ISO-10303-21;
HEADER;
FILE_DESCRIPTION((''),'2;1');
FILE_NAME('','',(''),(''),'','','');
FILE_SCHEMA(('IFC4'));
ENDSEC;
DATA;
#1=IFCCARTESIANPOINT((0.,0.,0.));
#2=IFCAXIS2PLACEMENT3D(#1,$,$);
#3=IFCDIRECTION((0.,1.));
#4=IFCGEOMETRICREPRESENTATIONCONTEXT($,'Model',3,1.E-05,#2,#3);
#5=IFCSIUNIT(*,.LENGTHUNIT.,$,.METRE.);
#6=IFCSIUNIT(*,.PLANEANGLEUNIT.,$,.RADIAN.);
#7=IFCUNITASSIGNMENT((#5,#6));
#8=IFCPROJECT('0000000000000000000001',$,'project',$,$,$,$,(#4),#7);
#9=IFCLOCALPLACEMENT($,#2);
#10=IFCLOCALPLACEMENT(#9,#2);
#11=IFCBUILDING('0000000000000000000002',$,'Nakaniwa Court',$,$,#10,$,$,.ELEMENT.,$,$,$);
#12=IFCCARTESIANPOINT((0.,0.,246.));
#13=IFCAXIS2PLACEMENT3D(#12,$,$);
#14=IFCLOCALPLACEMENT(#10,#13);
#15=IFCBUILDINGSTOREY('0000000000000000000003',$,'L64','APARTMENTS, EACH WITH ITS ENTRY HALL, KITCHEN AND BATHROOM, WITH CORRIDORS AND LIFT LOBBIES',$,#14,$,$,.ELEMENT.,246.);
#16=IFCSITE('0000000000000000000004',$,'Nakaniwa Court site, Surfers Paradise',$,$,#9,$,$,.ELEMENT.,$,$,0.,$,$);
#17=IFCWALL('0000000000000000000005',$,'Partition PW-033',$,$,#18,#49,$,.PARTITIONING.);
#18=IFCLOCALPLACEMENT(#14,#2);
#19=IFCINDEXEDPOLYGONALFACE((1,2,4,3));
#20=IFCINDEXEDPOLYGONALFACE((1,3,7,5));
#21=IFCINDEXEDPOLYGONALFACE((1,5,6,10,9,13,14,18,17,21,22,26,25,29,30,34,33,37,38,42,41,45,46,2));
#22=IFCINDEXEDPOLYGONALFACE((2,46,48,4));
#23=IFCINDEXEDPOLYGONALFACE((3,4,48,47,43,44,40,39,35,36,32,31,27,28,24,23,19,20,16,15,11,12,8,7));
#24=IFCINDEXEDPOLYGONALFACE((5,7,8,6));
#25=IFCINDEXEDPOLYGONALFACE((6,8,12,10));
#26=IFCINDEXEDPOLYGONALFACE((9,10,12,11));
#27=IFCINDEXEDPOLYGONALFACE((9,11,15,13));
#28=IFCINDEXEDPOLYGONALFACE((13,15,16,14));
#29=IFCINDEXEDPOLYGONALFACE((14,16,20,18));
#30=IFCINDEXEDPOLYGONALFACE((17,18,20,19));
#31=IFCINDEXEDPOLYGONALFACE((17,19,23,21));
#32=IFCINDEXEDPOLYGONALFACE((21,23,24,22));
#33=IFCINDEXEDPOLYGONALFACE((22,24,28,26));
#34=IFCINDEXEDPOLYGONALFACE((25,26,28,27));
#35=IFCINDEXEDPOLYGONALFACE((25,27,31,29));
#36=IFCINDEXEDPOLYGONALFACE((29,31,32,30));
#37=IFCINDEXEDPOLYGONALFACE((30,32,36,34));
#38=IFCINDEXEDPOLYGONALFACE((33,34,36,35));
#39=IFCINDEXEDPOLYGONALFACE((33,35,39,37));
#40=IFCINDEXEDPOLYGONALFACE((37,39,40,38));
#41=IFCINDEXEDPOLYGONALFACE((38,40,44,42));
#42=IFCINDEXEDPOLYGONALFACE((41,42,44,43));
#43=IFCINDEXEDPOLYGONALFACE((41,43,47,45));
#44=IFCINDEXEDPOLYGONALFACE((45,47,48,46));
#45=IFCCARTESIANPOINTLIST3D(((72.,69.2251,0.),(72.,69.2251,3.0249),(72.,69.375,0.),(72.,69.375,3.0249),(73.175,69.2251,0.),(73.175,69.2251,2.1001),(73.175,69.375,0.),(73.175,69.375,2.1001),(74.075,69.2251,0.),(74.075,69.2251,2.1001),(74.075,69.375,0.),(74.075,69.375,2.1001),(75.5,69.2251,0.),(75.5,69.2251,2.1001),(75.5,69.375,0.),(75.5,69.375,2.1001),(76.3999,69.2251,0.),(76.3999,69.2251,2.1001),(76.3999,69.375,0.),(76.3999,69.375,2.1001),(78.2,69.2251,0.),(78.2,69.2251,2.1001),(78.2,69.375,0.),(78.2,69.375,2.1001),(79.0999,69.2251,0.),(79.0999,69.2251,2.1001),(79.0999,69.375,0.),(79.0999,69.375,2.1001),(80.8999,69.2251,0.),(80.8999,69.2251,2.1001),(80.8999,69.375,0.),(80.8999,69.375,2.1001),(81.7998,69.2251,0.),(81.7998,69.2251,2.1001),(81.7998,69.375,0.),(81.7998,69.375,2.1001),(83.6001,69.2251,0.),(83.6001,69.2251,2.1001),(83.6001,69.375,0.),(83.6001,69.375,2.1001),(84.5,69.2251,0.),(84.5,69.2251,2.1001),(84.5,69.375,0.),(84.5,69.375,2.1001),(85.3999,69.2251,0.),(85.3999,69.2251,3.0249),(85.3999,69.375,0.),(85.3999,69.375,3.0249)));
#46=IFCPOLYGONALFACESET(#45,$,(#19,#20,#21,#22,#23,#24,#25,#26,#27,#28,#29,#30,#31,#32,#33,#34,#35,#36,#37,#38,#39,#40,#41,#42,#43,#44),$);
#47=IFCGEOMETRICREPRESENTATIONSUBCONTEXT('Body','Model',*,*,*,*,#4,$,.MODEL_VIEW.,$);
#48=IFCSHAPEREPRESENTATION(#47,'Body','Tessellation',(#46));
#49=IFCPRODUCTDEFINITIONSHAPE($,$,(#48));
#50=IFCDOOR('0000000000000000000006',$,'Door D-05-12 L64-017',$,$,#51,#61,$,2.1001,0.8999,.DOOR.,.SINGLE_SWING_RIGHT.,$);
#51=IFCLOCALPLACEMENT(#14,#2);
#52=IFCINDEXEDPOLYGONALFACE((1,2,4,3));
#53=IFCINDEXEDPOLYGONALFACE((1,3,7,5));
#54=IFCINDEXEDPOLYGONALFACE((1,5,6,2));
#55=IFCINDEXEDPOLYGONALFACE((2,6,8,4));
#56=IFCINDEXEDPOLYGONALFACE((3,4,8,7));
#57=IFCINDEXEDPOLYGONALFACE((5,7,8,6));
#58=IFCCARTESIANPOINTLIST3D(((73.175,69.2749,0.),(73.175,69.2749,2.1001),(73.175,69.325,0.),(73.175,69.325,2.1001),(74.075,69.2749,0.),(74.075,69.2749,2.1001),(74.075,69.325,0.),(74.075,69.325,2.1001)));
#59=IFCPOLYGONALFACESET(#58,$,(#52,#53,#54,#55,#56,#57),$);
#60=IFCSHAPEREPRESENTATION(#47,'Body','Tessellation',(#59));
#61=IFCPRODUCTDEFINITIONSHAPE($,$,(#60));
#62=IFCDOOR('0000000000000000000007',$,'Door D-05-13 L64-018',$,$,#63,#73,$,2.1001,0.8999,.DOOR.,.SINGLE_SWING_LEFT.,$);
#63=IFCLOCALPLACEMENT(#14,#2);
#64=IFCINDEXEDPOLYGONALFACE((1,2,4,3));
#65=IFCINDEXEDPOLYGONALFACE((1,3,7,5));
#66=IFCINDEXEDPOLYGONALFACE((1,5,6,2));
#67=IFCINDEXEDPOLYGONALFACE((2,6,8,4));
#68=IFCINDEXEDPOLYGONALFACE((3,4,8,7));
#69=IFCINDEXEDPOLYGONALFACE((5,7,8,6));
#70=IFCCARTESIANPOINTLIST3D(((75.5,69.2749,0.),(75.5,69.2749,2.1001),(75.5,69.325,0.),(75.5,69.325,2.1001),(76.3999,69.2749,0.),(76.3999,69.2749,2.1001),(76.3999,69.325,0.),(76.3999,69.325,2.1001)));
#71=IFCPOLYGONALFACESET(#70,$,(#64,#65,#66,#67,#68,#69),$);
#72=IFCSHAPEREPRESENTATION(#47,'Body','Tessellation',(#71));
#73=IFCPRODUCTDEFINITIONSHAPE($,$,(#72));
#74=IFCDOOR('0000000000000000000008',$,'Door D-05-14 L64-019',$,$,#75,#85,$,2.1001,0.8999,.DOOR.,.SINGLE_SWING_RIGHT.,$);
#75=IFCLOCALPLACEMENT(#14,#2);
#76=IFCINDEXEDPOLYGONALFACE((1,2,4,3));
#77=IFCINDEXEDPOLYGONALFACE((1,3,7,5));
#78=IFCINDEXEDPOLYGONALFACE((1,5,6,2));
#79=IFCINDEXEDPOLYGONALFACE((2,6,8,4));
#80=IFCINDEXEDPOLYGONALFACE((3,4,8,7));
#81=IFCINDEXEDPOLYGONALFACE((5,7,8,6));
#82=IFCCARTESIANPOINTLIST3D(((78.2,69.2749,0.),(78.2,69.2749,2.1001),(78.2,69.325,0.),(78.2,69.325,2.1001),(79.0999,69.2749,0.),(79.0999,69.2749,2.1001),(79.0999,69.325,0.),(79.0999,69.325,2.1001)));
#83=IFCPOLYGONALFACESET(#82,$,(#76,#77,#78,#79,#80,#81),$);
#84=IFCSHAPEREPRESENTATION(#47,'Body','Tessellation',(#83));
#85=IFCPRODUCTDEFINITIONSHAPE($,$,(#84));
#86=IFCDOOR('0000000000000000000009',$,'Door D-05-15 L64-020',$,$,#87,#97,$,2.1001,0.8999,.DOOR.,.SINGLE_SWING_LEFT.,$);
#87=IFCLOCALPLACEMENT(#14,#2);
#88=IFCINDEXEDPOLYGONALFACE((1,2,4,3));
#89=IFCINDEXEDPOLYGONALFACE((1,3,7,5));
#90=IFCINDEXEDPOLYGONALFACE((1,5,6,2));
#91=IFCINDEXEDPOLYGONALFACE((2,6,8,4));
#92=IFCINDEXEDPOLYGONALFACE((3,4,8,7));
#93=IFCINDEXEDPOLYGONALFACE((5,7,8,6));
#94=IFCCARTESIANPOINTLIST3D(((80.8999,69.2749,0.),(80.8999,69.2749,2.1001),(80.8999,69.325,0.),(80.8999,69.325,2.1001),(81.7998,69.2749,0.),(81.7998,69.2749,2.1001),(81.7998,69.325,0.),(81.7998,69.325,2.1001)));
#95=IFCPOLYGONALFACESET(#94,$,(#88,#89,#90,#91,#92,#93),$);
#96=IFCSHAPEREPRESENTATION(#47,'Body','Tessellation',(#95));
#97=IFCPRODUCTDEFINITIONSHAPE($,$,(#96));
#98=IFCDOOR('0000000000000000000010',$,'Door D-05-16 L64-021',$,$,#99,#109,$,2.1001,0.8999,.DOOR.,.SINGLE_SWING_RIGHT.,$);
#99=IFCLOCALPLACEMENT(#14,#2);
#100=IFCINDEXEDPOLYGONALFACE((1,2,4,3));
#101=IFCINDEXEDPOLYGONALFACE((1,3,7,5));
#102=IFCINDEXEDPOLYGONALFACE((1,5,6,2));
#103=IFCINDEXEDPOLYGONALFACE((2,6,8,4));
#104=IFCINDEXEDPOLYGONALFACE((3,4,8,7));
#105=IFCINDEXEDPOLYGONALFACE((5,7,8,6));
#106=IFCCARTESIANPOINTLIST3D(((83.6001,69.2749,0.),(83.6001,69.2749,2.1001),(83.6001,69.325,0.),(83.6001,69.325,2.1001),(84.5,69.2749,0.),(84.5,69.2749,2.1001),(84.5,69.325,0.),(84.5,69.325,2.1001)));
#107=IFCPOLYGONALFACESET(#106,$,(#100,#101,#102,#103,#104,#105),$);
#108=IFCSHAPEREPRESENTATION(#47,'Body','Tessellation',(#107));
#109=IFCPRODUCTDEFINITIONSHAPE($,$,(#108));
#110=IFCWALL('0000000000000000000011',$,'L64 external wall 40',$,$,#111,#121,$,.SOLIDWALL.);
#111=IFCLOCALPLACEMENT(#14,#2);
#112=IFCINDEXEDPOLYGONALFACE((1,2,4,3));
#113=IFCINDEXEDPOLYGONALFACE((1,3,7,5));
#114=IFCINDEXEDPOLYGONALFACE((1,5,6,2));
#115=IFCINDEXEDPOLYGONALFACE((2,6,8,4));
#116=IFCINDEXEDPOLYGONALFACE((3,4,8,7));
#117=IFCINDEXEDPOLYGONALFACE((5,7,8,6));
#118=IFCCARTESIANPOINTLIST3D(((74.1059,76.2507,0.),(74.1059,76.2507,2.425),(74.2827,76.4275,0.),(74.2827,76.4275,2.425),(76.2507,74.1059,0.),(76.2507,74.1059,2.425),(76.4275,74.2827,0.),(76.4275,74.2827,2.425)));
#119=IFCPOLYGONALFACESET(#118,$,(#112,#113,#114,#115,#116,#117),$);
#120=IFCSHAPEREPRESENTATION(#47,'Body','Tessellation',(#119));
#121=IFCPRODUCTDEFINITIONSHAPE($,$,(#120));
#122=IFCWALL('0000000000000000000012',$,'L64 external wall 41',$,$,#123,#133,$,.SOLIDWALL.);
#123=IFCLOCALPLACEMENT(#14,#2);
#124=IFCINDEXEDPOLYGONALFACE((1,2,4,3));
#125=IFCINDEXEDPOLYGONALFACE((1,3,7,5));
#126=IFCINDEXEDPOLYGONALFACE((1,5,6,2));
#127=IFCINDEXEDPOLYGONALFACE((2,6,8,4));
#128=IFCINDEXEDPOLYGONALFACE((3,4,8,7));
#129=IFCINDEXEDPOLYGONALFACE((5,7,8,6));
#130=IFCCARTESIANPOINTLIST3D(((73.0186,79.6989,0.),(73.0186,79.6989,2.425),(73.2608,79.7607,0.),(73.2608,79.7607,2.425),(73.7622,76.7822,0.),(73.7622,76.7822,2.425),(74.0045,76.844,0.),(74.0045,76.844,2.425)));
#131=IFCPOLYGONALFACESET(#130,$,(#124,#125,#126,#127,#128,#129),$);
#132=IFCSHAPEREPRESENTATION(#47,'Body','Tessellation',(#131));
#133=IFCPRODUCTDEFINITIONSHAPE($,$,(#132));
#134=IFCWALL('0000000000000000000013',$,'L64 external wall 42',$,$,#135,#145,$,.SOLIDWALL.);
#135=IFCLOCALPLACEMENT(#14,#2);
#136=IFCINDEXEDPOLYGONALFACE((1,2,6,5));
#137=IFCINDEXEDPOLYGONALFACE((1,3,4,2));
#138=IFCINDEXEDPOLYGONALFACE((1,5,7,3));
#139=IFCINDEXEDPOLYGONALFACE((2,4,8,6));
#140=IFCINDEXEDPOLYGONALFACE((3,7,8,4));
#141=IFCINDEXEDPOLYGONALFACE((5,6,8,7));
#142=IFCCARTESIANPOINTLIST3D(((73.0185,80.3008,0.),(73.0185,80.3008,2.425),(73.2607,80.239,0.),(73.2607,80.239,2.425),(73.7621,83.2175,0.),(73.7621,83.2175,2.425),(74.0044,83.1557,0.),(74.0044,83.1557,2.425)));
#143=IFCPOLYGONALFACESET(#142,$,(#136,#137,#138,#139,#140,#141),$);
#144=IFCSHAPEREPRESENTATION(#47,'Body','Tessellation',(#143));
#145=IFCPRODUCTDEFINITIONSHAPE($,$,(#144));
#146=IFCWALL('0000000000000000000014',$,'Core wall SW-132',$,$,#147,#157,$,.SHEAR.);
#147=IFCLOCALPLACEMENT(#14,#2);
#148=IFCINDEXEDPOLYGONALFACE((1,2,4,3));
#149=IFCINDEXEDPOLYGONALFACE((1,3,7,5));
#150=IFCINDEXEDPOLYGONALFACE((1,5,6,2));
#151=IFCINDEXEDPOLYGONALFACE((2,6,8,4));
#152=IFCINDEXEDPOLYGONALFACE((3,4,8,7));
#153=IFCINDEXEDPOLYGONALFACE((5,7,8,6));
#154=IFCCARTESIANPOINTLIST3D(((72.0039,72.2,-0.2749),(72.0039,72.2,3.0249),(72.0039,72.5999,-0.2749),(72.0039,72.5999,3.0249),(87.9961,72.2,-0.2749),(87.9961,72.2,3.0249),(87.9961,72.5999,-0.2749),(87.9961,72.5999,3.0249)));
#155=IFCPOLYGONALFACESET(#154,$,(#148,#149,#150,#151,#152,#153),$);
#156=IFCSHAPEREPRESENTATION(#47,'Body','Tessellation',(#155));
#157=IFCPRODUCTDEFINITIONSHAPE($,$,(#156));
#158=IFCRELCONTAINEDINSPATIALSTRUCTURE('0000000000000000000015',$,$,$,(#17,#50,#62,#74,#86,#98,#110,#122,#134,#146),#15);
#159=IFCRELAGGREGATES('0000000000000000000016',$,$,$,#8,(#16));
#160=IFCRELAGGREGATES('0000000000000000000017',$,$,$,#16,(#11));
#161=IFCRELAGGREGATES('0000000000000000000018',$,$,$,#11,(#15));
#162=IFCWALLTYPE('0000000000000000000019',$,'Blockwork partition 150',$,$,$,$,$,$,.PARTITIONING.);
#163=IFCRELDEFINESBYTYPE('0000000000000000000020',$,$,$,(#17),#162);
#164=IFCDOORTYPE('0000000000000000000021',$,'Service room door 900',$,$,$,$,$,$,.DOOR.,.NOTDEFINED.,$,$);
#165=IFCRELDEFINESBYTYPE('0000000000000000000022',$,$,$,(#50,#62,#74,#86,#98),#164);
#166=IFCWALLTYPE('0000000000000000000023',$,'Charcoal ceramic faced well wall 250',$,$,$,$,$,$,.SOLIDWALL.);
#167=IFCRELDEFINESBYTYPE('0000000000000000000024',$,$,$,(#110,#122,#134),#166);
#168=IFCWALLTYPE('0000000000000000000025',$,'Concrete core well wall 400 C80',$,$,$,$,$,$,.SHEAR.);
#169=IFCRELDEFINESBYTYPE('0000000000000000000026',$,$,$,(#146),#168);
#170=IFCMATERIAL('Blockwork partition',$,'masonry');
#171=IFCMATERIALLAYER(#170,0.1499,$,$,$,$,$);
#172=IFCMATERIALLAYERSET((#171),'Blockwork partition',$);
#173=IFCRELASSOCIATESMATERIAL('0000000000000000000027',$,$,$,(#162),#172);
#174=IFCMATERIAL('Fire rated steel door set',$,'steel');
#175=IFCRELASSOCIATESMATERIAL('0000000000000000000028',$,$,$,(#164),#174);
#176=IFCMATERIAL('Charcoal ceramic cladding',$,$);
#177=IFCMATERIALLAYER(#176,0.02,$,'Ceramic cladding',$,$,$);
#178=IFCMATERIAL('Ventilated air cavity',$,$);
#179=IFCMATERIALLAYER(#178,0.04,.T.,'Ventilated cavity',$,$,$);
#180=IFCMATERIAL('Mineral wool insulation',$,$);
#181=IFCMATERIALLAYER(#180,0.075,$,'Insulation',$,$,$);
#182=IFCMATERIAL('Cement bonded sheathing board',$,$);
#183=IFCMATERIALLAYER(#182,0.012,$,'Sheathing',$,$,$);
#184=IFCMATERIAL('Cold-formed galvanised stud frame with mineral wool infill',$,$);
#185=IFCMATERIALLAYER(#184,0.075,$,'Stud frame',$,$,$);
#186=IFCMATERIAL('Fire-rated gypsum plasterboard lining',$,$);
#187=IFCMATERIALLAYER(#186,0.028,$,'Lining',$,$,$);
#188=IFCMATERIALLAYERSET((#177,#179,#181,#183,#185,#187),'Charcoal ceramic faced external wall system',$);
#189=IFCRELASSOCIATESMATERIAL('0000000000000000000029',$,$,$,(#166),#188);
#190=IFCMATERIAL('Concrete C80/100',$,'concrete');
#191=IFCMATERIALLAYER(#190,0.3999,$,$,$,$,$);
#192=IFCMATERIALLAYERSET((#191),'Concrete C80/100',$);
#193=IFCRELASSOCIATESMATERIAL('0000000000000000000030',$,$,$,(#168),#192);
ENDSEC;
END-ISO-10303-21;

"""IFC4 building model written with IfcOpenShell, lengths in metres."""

from ifc_helpers import new_model, si_unit, direction, frame, frame_2d, origin, place, context, subcontext, project, spatial, rectangle, extrude, material, layer, layer_set, type_object, element, fill, save


model = new_model("IFC4")

# Units and contexts
model_context = context("Model", 3, precision=1e-05, world=origin(), true_north=direction((0.0, 1.0)))
body_context = subcontext(model_context, "Body", "Model", "MODEL_VIEW")
ifc_project = project(units=[si_unit("LENGTHUNIT", "METRE"), si_unit("PLANEANGLEUNIT", "RADIAN")], contexts=[model_context])

# Site, building, storey
site_placement = place(None, origin())
site = spatial("IfcSite", under=ifc_project, at=site_placement, Name="Nakaniwa Court site, Surfers Paradise", CompositionType="ELEMENT", RefElevation=0.0)
building_placement = place(site_placement, origin())
building = spatial("IfcBuilding", under=site, at=building_placement, Name="Nakaniwa Court", CompositionType="ELEMENT")
storey_placement = place(building_placement, frame((0.0, 0.0, 246.0)))
storey = spatial("IfcBuildingStorey", under=building, at=storey_placement, Name="L64", Description="APARTMENTS, EACH WITH ITS ENTRY HALL, KITCHEN AND BATHROOM, WITH CORRIDORS AND LIFT LOBBIES", CompositionType="ELEMENT", Elevation=246.0)

# Shared definitions
ifc_material_1 = material(Name="Concrete C80/100", Category="concrete")

# Shared definitions
ifc_material_2 = material(Name="Blockwork partition", Category="masonry")
ifc_layer_1 = layer(ifc_material_2, 0.1499)
ifc_layer_set_1 = layer_set([ifc_layer_1], Name="Blockwork partition")
wall_type_1 = type_object("IfcWallType", Name="Blockwork partition 150", PredefinedType="PARTITIONING", material=ifc_layer_set_1)

# Wall, openings, doors
wall_1_placement = place(storey_placement, frame((72.0, 69.3, 0.0), z_axis=(0.0, 0.0, 1.0), x_axis=(1.0, 0.0, 0.0)))
wall_1 = element("IfcWall", 1, at=wall_1_placement, inside=storey, type_object=wall_type_1, Name="Partition PW-033", PredefinedType="PARTITIONING", context=body_context, shape_type="SweptSolid", body=[
    extrude(rectangle(XDim=13.3999, YDim=0.1499, at=frame_2d((6.7, 0.0))), origin(), (0.0, 0.0, 1.0), 3.0249),
])
opening_1_placement = place(wall_1_placement, frame((1.175, 0.0, 0.0)))
opening_1 = element("IfcOpeningElement", 2, at=opening_1_placement, cuts=wall_1, PredefinedType="OPENING", context=body_context, shape_type="SweptSolid", body=[
    extrude(rectangle(XDim=0.8999, YDim=2.1001, at=frame_2d((0.45, 1.05))), frame((0.0, 0.085, 0.0), z_axis=(0.0, -1.0, 0.0), x_axis=(1.0, 0.0, 0.0)), (0.0, 0.0, 1.0), 0.1699),
])
opening_2_placement = place(wall_1_placement, frame((3.5, 0.0, 0.0)))
opening_2 = element("IfcOpeningElement", 3, at=opening_2_placement, cuts=wall_1, PredefinedType="OPENING", context=body_context, shape_type="SweptSolid", body=[
    extrude(rectangle(XDim=0.8999, YDim=2.1001, at=frame_2d((0.45, 1.05))), frame((0.0, 0.085, 0.0), z_axis=(0.0, -1.0, 0.0), x_axis=(1.0, 0.0, 0.0)), (0.0, 0.0, 1.0), 0.1699),
])
opening_3_placement = place(wall_1_placement, frame((6.2, 0.0, 0.0)))
opening_3 = element("IfcOpeningElement", 4, at=opening_3_placement, cuts=wall_1, PredefinedType="OPENING", context=body_context, shape_type="SweptSolid", body=[
    extrude(rectangle(XDim=0.8999, YDim=2.1001, at=frame_2d((0.45, 1.05))), frame((0.0, 0.085, 0.0), z_axis=(0.0, -1.0, 0.0), x_axis=(1.0, 0.0, 0.0)), (0.0, 0.0, 1.0), 0.1699),
])
opening_4_placement = place(wall_1_placement, frame((8.8999, 0.0, 0.0)))
opening_4 = element("IfcOpeningElement", 5, at=opening_4_placement, cuts=wall_1, PredefinedType="OPENING", context=body_context, shape_type="SweptSolid", body=[
    extrude(rectangle(XDim=0.8999, YDim=2.1001, at=frame_2d((0.45, 1.05))), frame((0.0, 0.085, 0.0), z_axis=(0.0, -1.0, 0.0), x_axis=(1.0, 0.0, 0.0)), (0.0, 0.0, 1.0), 0.1699),
])
opening_5_placement = place(wall_1_placement, frame((11.6001, 0.0, 0.0)))
opening_5 = element("IfcOpeningElement", 6, at=opening_5_placement, cuts=wall_1, PredefinedType="OPENING", context=body_context, shape_type="SweptSolid", body=[
    extrude(rectangle(XDim=0.8999, YDim=2.1001, at=frame_2d((0.45, 1.05))), frame((0.0, 0.085, 0.0), z_axis=(0.0, -1.0, 0.0), x_axis=(1.0, 0.0, 0.0)), (0.0, 0.0, 1.0), 0.1699),
])
ifc_material_3 = material(Name="Fire rated steel door set", Category="steel")
door_type_1 = type_object("IfcDoorType", Name="Service room door 900", OperationType="NOTDEFINED", PredefinedType="DOOR", material=ifc_material_3)
door_1_placement = place(opening_1_placement, origin())
door_1 = element("IfcDoor", 7, at=door_1_placement, inside=storey, type_object=door_type_1, Name="Door D-05-12 L64-017", OperationType="SINGLE_SWING_RIGHT", OverallHeight=2.1001, OverallWidth=0.8999, PredefinedType="DOOR", context=body_context, shape_type="SweptSolid", body=[
    extrude(rectangle(XDim=0.8999, YDim=2.1001, at=frame_2d((0.45, 1.05))), frame((0.0, 0.0249, 0.0), z_axis=(0.0, -1.0, 0.0), x_axis=(1.0, 0.0, 0.0)), (0.0, 0.0, 1.0), 0.05),
])
fill(opening_1, door_1)
door_2_placement = place(opening_2_placement, origin())
door_2 = element("IfcDoor", 8, at=door_2_placement, inside=storey, type_object=door_type_1, Name="Door D-05-13 L64-018", OperationType="SINGLE_SWING_LEFT", OverallHeight=2.1001, OverallWidth=0.8999, PredefinedType="DOOR", context=body_context, shape_type="SweptSolid", body=[
    extrude(rectangle(XDim=0.8999, YDim=2.1001, at=frame_2d((0.45, 1.05))), frame((0.0, 0.0249, 0.0), z_axis=(0.0, -1.0, 0.0), x_axis=(1.0, 0.0, 0.0)), (0.0, 0.0, 1.0), 0.05),
])
fill(opening_2, door_2)
door_3_placement = place(opening_3_placement, origin())
door_3 = element("IfcDoor", 9, at=door_3_placement, inside=storey, type_object=door_type_1, Name="Door D-05-14 L64-019", OperationType="SINGLE_SWING_RIGHT", OverallHeight=2.1001, OverallWidth=0.8999, PredefinedType="DOOR", context=body_context, shape_type="SweptSolid", body=[
    extrude(rectangle(XDim=0.8999, YDim=2.1001, at=frame_2d((0.45, 1.05))), frame((0.0, 0.0249, 0.0), z_axis=(0.0, -1.0, 0.0), x_axis=(1.0, 0.0, 0.0)), (0.0, 0.0, 1.0), 0.05),
])
fill(opening_3, door_3)
door_4_placement = place(opening_4_placement, origin())
door_4 = element("IfcDoor", 10, at=door_4_placement, inside=storey, type_object=door_type_1, Name="Door D-05-15 L64-020", OperationType="SINGLE_SWING_LEFT", OverallHeight=2.1001, OverallWidth=0.8999, PredefinedType="DOOR", context=body_context, shape_type="SweptSolid", body=[
    extrude(rectangle(XDim=0.8999, YDim=2.1001, at=frame_2d((0.45, 1.05))), frame((0.0, 0.0249, 0.0), z_axis=(0.0, -1.0, 0.0), x_axis=(1.0, 0.0, 0.0)), (0.0, 0.0, 1.0), 0.05),
])
fill(opening_4, door_4)
door_5_placement = place(opening_5_placement, origin())
door_5 = element("IfcDoor", 11, at=door_5_placement, inside=storey, type_object=door_type_1, Name="Door D-05-16 L64-021", OperationType="SINGLE_SWING_RIGHT", OverallHeight=2.1001, OverallWidth=0.8999, PredefinedType="DOOR", context=body_context, shape_type="SweptSolid", body=[
    extrude(rectangle(XDim=0.8999, YDim=2.1001, at=frame_2d((0.45, 1.05))), frame((0.0, 0.0249, 0.0), z_axis=(0.0, -1.0, 0.0), x_axis=(1.0, 0.0, 0.0)), (0.0, 0.0, 1.0), 0.05),
])
fill(opening_5, door_5)

# Walls
ifc_material_4 = material(Name="Charcoal ceramic cladding")
ifc_layer_2 = layer(ifc_material_4, 0.02, Name="Ceramic cladding")
ifc_material_5 = material(Name="Ventilated air cavity")
ifc_layer_3 = layer(ifc_material_5, 0.04, ventilated=True, Name="Ventilated cavity")
ifc_material_6 = material(Name="Mineral wool insulation")
ifc_layer_4 = layer(ifc_material_6, 0.075, Name="Insulation")
ifc_material_7 = material(Name="Cement bonded sheathing board")
ifc_layer_5 = layer(ifc_material_7, 0.012, Name="Sheathing")
ifc_material_8 = material(Name="Cold-formed galvanised stud frame with mineral wool infill")
ifc_layer_6 = layer(ifc_material_8, 0.075, Name="Stud frame")
ifc_material_9 = material(Name="Fire-rated gypsum plasterboard lining")
ifc_layer_7 = layer(ifc_material_9, 0.028, Name="Lining")
ifc_layer_set_2 = layer_set([ifc_layer_2, ifc_layer_3, ifc_layer_4, ifc_layer_5, ifc_layer_6, ifc_layer_7], Name="Charcoal ceramic faced external wall system")
wall_type_2 = type_object("IfcWallType", Name="Charcoal ceramic faced well wall 250", PredefinedType="SOLIDWALL", material=ifc_layer_set_2)
wall_2_placement = place(storey_placement, frame((76.3391, 74.1943, 0.0), z_axis=(0.0, 0.0, 1.0), x_axis=(-0.707107, 0.707107, 0.0)))
element("IfcWall", 12, at=wall_2_placement, inside=storey, type_object=wall_type_2, Name="L64 external wall 40", PredefinedType="SOLIDWALL", context=body_context, shape_type="SweptSolid", body=[
    extrude(rectangle(XDim=3.0332, YDim=0.25, at=frame_2d((1.5166, 0.0))), origin(), (0.0, 0.0, 1.0), 2.425),
])
for number, where, z_axis, x_axis, name in (
    (13, (73.8833, 76.8132, 0.0), (0.0, 0.0, 1.0), (-0.247056, 0.969001, 0.0), "L64 external wall 41"),
    (14, (73.1396, 80.27, 0.0), (0.0, 0.0, 1.0), (0.247056, 0.969001, 0.0), "L64 external wall 42"),
):
    element("IfcWall", number, at=place(storey_placement, frame(where, z_axis=z_axis, x_axis=x_axis)), inside=storey, type_object=wall_type_2, Name=name, PredefinedType="SOLIDWALL", context=body_context, shape_type="SweptSolid", body=[
        extrude(rectangle(XDim=3.01, YDim=0.25, at=frame_2d((1.5049, 0.0))), origin(), (0.0, 0.0, 1.0), 2.425),
    ])
ifc_layer_8 = layer(ifc_material_1, 0.3999)
ifc_layer_set_3 = layer_set([ifc_layer_8], Name="Concrete C80/100")
wall_type_3 = type_object("IfcWallType", Name="Concrete core well wall 400 C80", PredefinedType="SHEAR", material=ifc_layer_set_3)
wall_3_placement = place(storey_placement, frame((72.0039, 72.3999, -0.2749), z_axis=(0.0, 0.0, 1.0), x_axis=(1.0, 0.0, 0.0)))
element("IfcWall", 15, at=wall_3_placement, inside=storey, type_object=wall_type_3, Name="Core wall SW-132", PredefinedType="SHEAR", context=body_context, shape_type="SweptSolid", body=[
    extrude(rectangle(XDim=15.9922, YDim=0.3999, at=frame_2d((7.9961, 0.0))), origin(), (0.0, 0.0, 1.0), 3.2998),
])

save(model, "model.ifc")
